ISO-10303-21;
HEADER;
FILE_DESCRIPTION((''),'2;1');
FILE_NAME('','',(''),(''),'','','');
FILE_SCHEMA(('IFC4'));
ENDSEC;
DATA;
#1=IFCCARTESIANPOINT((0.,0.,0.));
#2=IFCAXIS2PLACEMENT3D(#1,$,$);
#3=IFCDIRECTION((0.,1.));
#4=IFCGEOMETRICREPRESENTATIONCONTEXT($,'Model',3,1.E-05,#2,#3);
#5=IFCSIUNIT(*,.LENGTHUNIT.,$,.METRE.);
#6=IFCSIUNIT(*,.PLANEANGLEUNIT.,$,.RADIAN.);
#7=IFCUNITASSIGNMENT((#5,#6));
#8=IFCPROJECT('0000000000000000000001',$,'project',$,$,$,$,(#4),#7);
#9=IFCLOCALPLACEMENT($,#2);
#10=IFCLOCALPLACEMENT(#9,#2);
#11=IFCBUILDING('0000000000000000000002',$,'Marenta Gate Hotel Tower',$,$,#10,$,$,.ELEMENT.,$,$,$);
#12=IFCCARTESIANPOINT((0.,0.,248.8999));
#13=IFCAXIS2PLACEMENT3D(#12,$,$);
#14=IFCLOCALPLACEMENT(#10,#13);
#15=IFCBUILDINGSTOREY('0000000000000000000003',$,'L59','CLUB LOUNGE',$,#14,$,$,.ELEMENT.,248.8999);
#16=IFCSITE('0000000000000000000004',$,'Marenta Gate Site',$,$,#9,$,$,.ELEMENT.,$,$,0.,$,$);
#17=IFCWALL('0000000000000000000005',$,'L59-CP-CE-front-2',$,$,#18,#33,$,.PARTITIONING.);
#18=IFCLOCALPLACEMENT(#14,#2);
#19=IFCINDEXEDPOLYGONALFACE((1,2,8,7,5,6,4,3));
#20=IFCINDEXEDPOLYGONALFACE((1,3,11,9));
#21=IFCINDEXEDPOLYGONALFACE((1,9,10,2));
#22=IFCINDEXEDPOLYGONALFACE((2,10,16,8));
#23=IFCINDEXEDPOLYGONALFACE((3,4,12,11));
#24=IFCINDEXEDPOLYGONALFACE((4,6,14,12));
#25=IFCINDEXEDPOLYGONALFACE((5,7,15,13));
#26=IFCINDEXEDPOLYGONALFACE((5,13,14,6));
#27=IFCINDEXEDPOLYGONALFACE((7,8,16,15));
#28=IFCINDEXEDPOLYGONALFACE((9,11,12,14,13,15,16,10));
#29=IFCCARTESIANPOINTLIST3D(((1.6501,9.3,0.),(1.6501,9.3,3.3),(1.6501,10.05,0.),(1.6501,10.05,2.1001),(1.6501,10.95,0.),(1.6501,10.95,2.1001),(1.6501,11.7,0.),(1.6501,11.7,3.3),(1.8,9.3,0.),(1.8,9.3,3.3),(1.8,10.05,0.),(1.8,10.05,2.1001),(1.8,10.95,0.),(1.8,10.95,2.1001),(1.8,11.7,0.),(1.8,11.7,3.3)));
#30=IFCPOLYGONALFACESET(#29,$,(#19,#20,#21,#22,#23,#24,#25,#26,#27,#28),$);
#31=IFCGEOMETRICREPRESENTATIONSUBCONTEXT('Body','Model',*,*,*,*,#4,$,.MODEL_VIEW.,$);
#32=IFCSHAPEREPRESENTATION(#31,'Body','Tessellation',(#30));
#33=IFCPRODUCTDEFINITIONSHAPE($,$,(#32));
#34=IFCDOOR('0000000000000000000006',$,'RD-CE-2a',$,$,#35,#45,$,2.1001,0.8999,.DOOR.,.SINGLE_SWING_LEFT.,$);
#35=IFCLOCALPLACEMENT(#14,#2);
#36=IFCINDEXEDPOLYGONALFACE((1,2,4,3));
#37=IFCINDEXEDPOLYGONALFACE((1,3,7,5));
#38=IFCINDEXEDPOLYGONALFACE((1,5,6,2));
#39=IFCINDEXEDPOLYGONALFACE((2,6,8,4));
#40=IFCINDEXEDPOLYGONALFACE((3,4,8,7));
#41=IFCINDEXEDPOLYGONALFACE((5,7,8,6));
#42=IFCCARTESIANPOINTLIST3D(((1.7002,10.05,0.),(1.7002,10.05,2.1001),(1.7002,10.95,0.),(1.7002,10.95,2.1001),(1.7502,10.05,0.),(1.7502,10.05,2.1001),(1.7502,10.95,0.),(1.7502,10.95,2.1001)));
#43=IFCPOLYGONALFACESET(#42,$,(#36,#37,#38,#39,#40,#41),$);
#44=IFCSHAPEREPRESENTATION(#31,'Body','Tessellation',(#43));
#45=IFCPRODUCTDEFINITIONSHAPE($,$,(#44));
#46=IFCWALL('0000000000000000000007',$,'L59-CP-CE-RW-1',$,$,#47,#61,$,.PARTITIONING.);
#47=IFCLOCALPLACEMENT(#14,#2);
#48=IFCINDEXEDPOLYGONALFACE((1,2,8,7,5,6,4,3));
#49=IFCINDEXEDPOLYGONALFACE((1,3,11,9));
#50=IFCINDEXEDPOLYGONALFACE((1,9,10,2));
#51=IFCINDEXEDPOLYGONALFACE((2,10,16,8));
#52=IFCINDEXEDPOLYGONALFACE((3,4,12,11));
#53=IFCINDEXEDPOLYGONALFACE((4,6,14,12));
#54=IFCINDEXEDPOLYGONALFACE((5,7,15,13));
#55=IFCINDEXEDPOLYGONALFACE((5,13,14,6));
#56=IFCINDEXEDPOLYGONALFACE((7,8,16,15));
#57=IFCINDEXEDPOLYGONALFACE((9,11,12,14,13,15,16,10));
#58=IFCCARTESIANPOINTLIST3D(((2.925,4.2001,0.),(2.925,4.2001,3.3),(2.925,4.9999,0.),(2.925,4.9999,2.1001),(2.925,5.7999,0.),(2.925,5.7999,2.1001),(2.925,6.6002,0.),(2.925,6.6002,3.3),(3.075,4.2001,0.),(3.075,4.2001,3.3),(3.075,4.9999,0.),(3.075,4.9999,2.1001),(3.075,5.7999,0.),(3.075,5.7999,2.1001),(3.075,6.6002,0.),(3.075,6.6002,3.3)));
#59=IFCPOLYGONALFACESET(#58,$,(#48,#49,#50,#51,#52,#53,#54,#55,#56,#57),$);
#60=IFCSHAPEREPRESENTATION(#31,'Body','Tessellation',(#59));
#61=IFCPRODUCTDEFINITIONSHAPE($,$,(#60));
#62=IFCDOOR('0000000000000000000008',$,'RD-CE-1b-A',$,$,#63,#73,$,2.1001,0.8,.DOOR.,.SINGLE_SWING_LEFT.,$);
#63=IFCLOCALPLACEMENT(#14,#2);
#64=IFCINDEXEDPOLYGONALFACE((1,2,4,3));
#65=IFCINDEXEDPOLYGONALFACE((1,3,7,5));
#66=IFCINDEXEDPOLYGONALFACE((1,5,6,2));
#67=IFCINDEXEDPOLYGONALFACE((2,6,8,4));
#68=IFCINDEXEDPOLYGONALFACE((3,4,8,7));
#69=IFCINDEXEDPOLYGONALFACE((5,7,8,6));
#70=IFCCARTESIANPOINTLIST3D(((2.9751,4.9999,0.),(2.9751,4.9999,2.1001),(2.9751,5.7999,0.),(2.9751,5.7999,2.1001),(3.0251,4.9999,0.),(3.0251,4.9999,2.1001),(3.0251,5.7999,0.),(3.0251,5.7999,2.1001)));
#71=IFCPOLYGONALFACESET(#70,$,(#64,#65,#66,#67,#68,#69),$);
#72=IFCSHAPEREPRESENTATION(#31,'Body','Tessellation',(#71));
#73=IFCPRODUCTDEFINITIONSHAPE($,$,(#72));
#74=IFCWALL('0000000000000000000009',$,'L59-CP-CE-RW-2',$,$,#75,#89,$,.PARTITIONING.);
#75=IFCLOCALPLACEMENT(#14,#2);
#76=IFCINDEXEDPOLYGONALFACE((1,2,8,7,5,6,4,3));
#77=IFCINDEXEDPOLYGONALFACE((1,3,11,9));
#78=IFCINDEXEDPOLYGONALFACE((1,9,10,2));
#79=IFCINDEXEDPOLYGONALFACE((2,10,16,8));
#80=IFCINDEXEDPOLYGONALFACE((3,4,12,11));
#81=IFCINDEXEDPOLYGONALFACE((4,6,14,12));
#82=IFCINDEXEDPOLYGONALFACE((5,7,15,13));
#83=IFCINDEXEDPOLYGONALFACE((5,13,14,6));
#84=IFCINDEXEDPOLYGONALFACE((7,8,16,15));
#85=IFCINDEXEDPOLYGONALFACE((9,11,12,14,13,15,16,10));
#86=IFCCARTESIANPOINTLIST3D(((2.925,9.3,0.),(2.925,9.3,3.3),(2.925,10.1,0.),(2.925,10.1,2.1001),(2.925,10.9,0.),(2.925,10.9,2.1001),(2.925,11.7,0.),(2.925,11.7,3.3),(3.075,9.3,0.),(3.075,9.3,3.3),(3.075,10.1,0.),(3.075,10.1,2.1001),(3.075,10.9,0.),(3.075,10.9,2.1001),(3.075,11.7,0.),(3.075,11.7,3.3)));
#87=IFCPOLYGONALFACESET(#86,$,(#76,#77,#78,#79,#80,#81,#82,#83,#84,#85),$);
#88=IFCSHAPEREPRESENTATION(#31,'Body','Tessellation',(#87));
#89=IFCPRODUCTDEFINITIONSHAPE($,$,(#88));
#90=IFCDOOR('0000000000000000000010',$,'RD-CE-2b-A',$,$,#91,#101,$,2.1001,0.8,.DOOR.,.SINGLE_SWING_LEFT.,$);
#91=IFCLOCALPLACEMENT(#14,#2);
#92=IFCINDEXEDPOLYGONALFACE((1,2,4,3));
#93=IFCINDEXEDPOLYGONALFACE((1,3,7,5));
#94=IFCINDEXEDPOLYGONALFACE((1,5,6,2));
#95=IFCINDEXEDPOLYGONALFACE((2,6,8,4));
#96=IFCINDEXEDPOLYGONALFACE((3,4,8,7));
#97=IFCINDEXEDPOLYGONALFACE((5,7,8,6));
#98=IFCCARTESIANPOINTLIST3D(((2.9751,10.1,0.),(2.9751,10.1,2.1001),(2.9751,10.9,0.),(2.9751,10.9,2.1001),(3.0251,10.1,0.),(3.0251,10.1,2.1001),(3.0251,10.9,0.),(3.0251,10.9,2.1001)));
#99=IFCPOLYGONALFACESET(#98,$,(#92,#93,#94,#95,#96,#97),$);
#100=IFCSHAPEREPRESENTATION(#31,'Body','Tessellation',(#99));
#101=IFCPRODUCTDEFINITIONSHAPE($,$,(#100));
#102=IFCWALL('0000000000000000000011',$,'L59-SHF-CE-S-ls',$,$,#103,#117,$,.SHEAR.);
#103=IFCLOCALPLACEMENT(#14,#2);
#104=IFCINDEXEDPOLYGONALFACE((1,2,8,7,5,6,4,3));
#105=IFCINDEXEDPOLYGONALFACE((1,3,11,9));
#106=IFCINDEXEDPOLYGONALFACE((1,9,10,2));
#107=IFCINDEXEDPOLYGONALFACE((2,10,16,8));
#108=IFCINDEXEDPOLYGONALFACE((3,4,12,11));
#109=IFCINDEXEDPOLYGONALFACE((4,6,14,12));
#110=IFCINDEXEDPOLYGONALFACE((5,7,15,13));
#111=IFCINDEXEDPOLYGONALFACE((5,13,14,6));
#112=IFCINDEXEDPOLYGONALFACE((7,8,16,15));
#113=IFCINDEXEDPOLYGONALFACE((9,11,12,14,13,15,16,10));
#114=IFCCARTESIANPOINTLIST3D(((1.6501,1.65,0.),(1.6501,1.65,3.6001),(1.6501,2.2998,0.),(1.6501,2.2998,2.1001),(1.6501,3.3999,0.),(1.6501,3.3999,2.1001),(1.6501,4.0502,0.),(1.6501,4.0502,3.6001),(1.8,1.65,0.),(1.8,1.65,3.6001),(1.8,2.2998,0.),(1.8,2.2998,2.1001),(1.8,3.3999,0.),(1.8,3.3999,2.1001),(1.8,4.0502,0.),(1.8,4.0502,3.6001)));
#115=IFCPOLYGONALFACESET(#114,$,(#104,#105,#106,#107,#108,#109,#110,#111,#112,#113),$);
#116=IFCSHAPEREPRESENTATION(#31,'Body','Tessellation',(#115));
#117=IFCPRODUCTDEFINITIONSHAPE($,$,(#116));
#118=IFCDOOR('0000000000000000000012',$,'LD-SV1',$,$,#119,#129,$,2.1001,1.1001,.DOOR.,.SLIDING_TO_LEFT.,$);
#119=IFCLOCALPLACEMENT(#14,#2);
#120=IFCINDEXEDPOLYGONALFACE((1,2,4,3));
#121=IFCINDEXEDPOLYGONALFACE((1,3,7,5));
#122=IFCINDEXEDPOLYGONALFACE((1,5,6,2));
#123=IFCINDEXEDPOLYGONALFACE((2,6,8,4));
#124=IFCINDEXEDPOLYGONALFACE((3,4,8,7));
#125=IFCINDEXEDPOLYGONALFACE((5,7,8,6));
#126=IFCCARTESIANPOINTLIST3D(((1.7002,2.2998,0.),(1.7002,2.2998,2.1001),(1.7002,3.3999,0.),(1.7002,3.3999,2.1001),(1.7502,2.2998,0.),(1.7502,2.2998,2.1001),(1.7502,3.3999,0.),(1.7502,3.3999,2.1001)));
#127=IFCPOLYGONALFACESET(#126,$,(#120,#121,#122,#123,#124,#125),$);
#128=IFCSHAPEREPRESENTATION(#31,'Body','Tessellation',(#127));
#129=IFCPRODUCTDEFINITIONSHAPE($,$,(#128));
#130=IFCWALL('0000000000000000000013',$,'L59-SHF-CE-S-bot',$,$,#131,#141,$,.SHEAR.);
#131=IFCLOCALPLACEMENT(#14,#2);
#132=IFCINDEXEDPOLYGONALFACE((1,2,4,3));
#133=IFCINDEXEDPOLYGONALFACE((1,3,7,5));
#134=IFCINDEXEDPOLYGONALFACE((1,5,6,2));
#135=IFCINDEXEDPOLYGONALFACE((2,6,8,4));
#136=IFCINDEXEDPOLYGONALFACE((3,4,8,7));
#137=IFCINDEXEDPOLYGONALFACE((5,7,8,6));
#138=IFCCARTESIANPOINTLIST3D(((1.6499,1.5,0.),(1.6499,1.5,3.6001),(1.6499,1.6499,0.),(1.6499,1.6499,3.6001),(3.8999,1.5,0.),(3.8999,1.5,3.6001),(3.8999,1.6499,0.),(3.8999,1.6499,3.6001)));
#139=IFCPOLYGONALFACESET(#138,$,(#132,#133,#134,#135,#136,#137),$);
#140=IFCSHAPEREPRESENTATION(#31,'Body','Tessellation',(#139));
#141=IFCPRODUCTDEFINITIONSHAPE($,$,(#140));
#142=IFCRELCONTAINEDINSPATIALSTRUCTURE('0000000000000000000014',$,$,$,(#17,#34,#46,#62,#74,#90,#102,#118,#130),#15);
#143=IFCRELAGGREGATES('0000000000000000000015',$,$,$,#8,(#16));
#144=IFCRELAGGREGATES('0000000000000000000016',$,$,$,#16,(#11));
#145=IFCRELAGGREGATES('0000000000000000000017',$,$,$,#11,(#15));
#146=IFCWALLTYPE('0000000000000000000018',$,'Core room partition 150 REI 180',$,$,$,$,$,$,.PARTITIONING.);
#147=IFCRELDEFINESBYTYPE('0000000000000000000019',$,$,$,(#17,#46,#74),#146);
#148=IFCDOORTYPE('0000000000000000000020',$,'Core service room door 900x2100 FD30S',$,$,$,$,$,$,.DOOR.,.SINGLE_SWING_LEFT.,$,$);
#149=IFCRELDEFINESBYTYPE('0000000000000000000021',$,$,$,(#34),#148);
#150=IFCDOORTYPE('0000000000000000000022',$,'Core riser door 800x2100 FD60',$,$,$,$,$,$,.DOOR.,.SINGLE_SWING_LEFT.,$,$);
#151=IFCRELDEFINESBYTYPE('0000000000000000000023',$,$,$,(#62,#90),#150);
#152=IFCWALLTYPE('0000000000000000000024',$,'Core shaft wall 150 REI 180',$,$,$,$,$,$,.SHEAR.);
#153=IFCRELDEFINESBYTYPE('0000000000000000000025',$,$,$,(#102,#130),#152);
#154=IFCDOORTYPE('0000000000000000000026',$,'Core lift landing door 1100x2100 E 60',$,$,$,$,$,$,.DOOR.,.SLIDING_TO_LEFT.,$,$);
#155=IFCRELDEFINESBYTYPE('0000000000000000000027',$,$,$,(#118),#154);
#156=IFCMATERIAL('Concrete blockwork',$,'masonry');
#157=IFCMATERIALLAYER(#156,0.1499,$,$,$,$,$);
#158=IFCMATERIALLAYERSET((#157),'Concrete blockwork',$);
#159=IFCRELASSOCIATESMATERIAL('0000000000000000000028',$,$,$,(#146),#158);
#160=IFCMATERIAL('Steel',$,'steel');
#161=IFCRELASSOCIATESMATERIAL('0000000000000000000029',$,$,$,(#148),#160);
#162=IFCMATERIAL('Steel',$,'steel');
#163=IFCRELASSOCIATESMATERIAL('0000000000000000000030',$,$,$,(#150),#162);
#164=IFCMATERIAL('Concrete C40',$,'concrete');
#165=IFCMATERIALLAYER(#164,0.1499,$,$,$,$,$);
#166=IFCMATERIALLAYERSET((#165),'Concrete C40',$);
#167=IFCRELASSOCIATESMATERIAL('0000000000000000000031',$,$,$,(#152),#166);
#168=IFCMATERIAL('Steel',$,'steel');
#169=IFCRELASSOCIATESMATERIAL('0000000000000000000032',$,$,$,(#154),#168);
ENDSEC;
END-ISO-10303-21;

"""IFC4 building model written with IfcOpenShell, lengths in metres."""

from ifc_helpers import new_model, si_unit, direction, frame, frame_2d, origin, place, context, subcontext, project, spatial, rectangle, extrude, material, layer, layer_set, type_object, element, fill, save


model = new_model("IFC4")

# Units and contexts
model_context = context("Model", 3, precision=1e-05, world=origin(), true_north=direction((0.0, 1.0)))
body_context = subcontext(model_context, "Body", "Model", "MODEL_VIEW")
ifc_project = project(units=[si_unit("LENGTHUNIT", "METRE"), si_unit("PLANEANGLEUNIT", "RADIAN")], contexts=[model_context])

# Site, building, storey
site_placement = place(None, origin())
site = spatial("IfcSite", under=ifc_project, at=site_placement, Name="Marenta Gate Site", CompositionType="ELEMENT", RefElevation=0.0)
building_placement = place(site_placement, origin())
building = spatial("IfcBuilding", under=site, at=building_placement, Name="Marenta Gate Hotel Tower", CompositionType="ELEMENT")
storey_placement = place(building_placement, frame((0.0, 0.0, 248.8999)))
storey = spatial("IfcBuildingStorey", under=building, at=storey_placement, Name="L59", Description="CLUB LOUNGE", CompositionType="ELEMENT", Elevation=248.8999)

# Shared definitions
ifc_material_1 = material(Name="Concrete blockwork", Category="masonry")
ifc_layer_1 = layer(ifc_material_1, 0.1499)
ifc_layer_set_1 = layer_set([ifc_layer_1], Name="Concrete blockwork")
wall_type_1 = type_object("IfcWallType", Name="Core room partition 150 REI 180", PredefinedType="PARTITIONING", material=ifc_layer_set_1)

# Walls, openings, doors
ifc_material_2 = material(Name="Steel", Category="steel")
door_type_1 = type_object("IfcDoorType", Name="Core service room door 900x2100 FD30S", OperationType="SINGLE_SWING_LEFT", PredefinedType="DOOR", material=ifc_material_2)
wall_1_placement = place(storey_placement, frame((1.7251, 9.3, 0.0), z_axis=(0.0, 0.0, 1.0), x_axis=(0.0, 1.0, 0.0)))
wall_1 = element("IfcWall", 1, at=wall_1_placement, inside=storey, type_object=wall_type_1, Name="L59-CP-CE-front-2", PredefinedType="PARTITIONING", context=body_context, shape_type="SweptSolid", body=[
    extrude(rectangle(XDim=2.3999, YDim=0.1499, at=frame_2d((1.2, 0.0))), origin(), (0.0, 0.0, 1.0), 3.3),
])
opening_1_placement = place(wall_1_placement, frame((0.75, 0.0, 0.0)))
opening_1 = element("IfcOpeningElement", 2, at=opening_1_placement, cuts=wall_1, PredefinedType="OPENING", context=body_context, shape_type="SweptSolid", body=[
    extrude(rectangle(XDim=0.8999, YDim=2.1001, at=frame_2d((0.45, 1.05))), frame((0.0, 0.075, 0.0), z_axis=(0.0, -1.0, 0.0), x_axis=(1.0, 0.0, 0.0)), (0.0, 0.0, 1.0), 0.1499),
])
door_1_placement = place(opening_1_placement, origin())
door_1 = element("IfcDoor", 3, at=door_1_placement, inside=storey, type_object=door_type_1, Name="RD-CE-2a", OperationType="SINGLE_SWING_LEFT", OverallHeight=2.1001, OverallWidth=0.8999, PredefinedType="DOOR", context=body_context, shape_type="SweptSolid", body=[
    extrude(rectangle(XDim=0.8999, YDim=2.1001, at=frame_2d((0.45, 1.05))), frame((0.0, 0.0249, 0.0), z_axis=(0.0, -1.0, 0.0), x_axis=(1.0, 0.0, 0.0)), (0.0, 0.0, 1.0), 0.05),
])
fill(opening_1, door_1)
wall_2_placement = place(storey_placement, frame((3.0, 4.2, 0.0), z_axis=(0.0, 0.0, 1.0), x_axis=(0.0, 1.0, 0.0)))
wall_2 = element("IfcWall", 4, at=wall_2_placement, inside=storey, type_object=wall_type_1, Name="L59-CP-CE-RW-1", PredefinedType="PARTITIONING", context=body_context, shape_type="SweptSolid", body=[
    extrude(rectangle(XDim=2.4001, YDim=0.1499, at=frame_2d((1.2002, 0.0))), origin(), (0.0, 0.0, 1.0), 3.3),
])
opening_2_placement = place(wall_2_placement, frame((0.8, 0.0, 0.0)))
opening_2 = element("IfcOpeningElement", 5, at=opening_2_placement, cuts=wall_2, PredefinedType="OPENING", context=body_context, shape_type="SweptSolid", body=[
    extrude(rectangle(XDim=0.8, YDim=2.1001, at=frame_2d((0.3999, 1.05))), frame((0.0, 0.075, 0.0), z_axis=(0.0, -1.0, 0.0), x_axis=(1.0, 0.0, 0.0)), (0.0, 0.0, 1.0), 0.1499),
])
ifc_material_3 = material(Name="Steel", Category="steel")
door_type_2 = type_object("IfcDoorType", Name="Core riser door 800x2100 FD60", OperationType="SINGLE_SWING_LEFT", PredefinedType="DOOR", material=ifc_material_3)
door_2_placement = place(opening_2_placement, origin())
door_2 = element("IfcDoor", 6, at=door_2_placement, inside=storey, type_object=door_type_2, Name="RD-CE-1b-A", OperationType="SINGLE_SWING_LEFT", OverallHeight=2.1001, OverallWidth=0.8, PredefinedType="DOOR", context=body_context, shape_type="SweptSolid", body=[
    extrude(rectangle(XDim=0.8, YDim=2.1001, at=frame_2d((0.3999, 1.05))), frame((0.0, 0.0249, 0.0), z_axis=(0.0, -1.0, 0.0), x_axis=(1.0, 0.0, 0.0)), (0.0, 0.0, 1.0), 0.05),
])
fill(opening_2, door_2)
wall_3_placement = place(storey_placement, frame((3.0, 9.3, 0.0), z_axis=(0.0, 0.0, 1.0), x_axis=(0.0, 1.0, 0.0)))
wall_3 = element("IfcWall", 7, at=wall_3_placement, inside=storey, type_object=wall_type_1, Name="L59-CP-CE-RW-2", PredefinedType="PARTITIONING", context=body_context, shape_type="SweptSolid", body=[
    extrude(rectangle(XDim=2.3999, YDim=0.1499, at=frame_2d((1.2, 0.0))), origin(), (0.0, 0.0, 1.0), 3.3),
])
opening_3_placement = place(wall_3_placement, frame((0.8, 0.0, 0.0)))
opening_3 = element("IfcOpeningElement", 8, at=opening_3_placement, cuts=wall_3, PredefinedType="OPENING", context=body_context, shape_type="SweptSolid", body=[
    extrude(rectangle(XDim=0.8, YDim=2.1001, at=frame_2d((0.3999, 1.05))), frame((0.0, 0.075, 0.0), z_axis=(0.0, -1.0, 0.0), x_axis=(1.0, 0.0, 0.0)), (0.0, 0.0, 1.0), 0.1499),
])
door_3_placement = place(opening_3_placement, origin())
door_3 = element("IfcDoor", 9, at=door_3_placement, inside=storey, type_object=door_type_2, Name="RD-CE-2b-A", OperationType="SINGLE_SWING_LEFT", OverallHeight=2.1001, OverallWidth=0.8, PredefinedType="DOOR", context=body_context, shape_type="SweptSolid", body=[
    extrude(rectangle(XDim=0.8, YDim=2.1001, at=frame_2d((0.3999, 1.05))), frame((0.0, 0.0249, 0.0), z_axis=(0.0, -1.0, 0.0), x_axis=(1.0, 0.0, 0.0)), (0.0, 0.0, 1.0), 0.05),
])
fill(opening_3, door_3)
ifc_material_4 = material(Name="Concrete C40", Category="concrete")
ifc_layer_2 = layer(ifc_material_4, 0.1499)
ifc_layer_set_2 = layer_set([ifc_layer_2], Name="Concrete C40")
wall_type_2 = type_object("IfcWallType", Name="Core shaft wall 150 REI 180", PredefinedType="SHEAR", material=ifc_layer_set_2)
wall_4_placement = place(storey_placement, frame((1.7251, 1.6499, 0.0), z_axis=(0.0, 0.0, 1.0), x_axis=(0.0, 1.0, 0.0)))
wall_4 = element("IfcWall", 10, at=wall_4_placement, inside=storey, type_object=wall_type_2, Name="L59-SHF-CE-S-ls", PredefinedType="SHEAR", context=body_context, shape_type="SweptSolid", body=[
    extrude(rectangle(XDim=2.4001, YDim=0.1499, at=frame_2d((1.2002, 0.0))), origin(), (0.0, 0.0, 1.0), 3.6001),
])
opening_4_placement = place(wall_4_placement, frame((0.6499, 0.0, 0.0)))
opening_4 = element("IfcOpeningElement", 11, at=opening_4_placement, cuts=wall_4, PredefinedType="OPENING", context=body_context, shape_type="SweptSolid", body=[
    extrude(rectangle(XDim=1.1001, YDim=2.1001, at=frame_2d((0.55, 1.05))), frame((0.0, 0.075, 0.0), z_axis=(0.0, -1.0, 0.0), x_axis=(1.0, 0.0, 0.0)), (0.0, 0.0, 1.0), 0.1499),
])
ifc_material_5 = material(Name="Steel", Category="steel")
door_type_3 = type_object("IfcDoorType", Name="Core lift landing door 1100x2100 E 60", OperationType="SLIDING_TO_LEFT", PredefinedType="DOOR", material=ifc_material_5)
door_4_placement = place(opening_4_placement, origin())
door_4 = element("IfcDoor", 12, at=door_4_placement, inside=storey, type_object=door_type_3, Name="LD-SV1", OperationType="SLIDING_TO_LEFT", OverallHeight=2.1001, OverallWidth=1.1001, PredefinedType="DOOR", context=body_context, shape_type="SweptSolid", body=[
    extrude(rectangle(XDim=1.1001, YDim=2.1001, at=frame_2d((0.55, 1.05))), frame((0.0, 0.0249, 0.0), z_axis=(0.0, -1.0, 0.0), x_axis=(1.0, 0.0, 0.0)), (0.0, 0.0, 1.0), 0.05),
])
fill(opening_4, door_4)

# Wall
wall_5_placement = place(storey_placement, frame((1.6499, 1.575, 0.0), z_axis=(0.0, 0.0, 1.0), x_axis=(1.0, 0.0, 0.0)))
element("IfcWall", 13, at=wall_5_placement, inside=storey, type_object=wall_type_2, Name="L59-SHF-CE-S-bot", PredefinedType="SHEAR", context=body_context, shape_type="SweptSolid", body=[
    extrude(rectangle(XDim=2.25, YDim=0.1499, at=frame_2d((1.125, 0.0))), origin(), (0.0, 0.0, 1.0), 3.6001),
])

save(model, "model.ifc")
